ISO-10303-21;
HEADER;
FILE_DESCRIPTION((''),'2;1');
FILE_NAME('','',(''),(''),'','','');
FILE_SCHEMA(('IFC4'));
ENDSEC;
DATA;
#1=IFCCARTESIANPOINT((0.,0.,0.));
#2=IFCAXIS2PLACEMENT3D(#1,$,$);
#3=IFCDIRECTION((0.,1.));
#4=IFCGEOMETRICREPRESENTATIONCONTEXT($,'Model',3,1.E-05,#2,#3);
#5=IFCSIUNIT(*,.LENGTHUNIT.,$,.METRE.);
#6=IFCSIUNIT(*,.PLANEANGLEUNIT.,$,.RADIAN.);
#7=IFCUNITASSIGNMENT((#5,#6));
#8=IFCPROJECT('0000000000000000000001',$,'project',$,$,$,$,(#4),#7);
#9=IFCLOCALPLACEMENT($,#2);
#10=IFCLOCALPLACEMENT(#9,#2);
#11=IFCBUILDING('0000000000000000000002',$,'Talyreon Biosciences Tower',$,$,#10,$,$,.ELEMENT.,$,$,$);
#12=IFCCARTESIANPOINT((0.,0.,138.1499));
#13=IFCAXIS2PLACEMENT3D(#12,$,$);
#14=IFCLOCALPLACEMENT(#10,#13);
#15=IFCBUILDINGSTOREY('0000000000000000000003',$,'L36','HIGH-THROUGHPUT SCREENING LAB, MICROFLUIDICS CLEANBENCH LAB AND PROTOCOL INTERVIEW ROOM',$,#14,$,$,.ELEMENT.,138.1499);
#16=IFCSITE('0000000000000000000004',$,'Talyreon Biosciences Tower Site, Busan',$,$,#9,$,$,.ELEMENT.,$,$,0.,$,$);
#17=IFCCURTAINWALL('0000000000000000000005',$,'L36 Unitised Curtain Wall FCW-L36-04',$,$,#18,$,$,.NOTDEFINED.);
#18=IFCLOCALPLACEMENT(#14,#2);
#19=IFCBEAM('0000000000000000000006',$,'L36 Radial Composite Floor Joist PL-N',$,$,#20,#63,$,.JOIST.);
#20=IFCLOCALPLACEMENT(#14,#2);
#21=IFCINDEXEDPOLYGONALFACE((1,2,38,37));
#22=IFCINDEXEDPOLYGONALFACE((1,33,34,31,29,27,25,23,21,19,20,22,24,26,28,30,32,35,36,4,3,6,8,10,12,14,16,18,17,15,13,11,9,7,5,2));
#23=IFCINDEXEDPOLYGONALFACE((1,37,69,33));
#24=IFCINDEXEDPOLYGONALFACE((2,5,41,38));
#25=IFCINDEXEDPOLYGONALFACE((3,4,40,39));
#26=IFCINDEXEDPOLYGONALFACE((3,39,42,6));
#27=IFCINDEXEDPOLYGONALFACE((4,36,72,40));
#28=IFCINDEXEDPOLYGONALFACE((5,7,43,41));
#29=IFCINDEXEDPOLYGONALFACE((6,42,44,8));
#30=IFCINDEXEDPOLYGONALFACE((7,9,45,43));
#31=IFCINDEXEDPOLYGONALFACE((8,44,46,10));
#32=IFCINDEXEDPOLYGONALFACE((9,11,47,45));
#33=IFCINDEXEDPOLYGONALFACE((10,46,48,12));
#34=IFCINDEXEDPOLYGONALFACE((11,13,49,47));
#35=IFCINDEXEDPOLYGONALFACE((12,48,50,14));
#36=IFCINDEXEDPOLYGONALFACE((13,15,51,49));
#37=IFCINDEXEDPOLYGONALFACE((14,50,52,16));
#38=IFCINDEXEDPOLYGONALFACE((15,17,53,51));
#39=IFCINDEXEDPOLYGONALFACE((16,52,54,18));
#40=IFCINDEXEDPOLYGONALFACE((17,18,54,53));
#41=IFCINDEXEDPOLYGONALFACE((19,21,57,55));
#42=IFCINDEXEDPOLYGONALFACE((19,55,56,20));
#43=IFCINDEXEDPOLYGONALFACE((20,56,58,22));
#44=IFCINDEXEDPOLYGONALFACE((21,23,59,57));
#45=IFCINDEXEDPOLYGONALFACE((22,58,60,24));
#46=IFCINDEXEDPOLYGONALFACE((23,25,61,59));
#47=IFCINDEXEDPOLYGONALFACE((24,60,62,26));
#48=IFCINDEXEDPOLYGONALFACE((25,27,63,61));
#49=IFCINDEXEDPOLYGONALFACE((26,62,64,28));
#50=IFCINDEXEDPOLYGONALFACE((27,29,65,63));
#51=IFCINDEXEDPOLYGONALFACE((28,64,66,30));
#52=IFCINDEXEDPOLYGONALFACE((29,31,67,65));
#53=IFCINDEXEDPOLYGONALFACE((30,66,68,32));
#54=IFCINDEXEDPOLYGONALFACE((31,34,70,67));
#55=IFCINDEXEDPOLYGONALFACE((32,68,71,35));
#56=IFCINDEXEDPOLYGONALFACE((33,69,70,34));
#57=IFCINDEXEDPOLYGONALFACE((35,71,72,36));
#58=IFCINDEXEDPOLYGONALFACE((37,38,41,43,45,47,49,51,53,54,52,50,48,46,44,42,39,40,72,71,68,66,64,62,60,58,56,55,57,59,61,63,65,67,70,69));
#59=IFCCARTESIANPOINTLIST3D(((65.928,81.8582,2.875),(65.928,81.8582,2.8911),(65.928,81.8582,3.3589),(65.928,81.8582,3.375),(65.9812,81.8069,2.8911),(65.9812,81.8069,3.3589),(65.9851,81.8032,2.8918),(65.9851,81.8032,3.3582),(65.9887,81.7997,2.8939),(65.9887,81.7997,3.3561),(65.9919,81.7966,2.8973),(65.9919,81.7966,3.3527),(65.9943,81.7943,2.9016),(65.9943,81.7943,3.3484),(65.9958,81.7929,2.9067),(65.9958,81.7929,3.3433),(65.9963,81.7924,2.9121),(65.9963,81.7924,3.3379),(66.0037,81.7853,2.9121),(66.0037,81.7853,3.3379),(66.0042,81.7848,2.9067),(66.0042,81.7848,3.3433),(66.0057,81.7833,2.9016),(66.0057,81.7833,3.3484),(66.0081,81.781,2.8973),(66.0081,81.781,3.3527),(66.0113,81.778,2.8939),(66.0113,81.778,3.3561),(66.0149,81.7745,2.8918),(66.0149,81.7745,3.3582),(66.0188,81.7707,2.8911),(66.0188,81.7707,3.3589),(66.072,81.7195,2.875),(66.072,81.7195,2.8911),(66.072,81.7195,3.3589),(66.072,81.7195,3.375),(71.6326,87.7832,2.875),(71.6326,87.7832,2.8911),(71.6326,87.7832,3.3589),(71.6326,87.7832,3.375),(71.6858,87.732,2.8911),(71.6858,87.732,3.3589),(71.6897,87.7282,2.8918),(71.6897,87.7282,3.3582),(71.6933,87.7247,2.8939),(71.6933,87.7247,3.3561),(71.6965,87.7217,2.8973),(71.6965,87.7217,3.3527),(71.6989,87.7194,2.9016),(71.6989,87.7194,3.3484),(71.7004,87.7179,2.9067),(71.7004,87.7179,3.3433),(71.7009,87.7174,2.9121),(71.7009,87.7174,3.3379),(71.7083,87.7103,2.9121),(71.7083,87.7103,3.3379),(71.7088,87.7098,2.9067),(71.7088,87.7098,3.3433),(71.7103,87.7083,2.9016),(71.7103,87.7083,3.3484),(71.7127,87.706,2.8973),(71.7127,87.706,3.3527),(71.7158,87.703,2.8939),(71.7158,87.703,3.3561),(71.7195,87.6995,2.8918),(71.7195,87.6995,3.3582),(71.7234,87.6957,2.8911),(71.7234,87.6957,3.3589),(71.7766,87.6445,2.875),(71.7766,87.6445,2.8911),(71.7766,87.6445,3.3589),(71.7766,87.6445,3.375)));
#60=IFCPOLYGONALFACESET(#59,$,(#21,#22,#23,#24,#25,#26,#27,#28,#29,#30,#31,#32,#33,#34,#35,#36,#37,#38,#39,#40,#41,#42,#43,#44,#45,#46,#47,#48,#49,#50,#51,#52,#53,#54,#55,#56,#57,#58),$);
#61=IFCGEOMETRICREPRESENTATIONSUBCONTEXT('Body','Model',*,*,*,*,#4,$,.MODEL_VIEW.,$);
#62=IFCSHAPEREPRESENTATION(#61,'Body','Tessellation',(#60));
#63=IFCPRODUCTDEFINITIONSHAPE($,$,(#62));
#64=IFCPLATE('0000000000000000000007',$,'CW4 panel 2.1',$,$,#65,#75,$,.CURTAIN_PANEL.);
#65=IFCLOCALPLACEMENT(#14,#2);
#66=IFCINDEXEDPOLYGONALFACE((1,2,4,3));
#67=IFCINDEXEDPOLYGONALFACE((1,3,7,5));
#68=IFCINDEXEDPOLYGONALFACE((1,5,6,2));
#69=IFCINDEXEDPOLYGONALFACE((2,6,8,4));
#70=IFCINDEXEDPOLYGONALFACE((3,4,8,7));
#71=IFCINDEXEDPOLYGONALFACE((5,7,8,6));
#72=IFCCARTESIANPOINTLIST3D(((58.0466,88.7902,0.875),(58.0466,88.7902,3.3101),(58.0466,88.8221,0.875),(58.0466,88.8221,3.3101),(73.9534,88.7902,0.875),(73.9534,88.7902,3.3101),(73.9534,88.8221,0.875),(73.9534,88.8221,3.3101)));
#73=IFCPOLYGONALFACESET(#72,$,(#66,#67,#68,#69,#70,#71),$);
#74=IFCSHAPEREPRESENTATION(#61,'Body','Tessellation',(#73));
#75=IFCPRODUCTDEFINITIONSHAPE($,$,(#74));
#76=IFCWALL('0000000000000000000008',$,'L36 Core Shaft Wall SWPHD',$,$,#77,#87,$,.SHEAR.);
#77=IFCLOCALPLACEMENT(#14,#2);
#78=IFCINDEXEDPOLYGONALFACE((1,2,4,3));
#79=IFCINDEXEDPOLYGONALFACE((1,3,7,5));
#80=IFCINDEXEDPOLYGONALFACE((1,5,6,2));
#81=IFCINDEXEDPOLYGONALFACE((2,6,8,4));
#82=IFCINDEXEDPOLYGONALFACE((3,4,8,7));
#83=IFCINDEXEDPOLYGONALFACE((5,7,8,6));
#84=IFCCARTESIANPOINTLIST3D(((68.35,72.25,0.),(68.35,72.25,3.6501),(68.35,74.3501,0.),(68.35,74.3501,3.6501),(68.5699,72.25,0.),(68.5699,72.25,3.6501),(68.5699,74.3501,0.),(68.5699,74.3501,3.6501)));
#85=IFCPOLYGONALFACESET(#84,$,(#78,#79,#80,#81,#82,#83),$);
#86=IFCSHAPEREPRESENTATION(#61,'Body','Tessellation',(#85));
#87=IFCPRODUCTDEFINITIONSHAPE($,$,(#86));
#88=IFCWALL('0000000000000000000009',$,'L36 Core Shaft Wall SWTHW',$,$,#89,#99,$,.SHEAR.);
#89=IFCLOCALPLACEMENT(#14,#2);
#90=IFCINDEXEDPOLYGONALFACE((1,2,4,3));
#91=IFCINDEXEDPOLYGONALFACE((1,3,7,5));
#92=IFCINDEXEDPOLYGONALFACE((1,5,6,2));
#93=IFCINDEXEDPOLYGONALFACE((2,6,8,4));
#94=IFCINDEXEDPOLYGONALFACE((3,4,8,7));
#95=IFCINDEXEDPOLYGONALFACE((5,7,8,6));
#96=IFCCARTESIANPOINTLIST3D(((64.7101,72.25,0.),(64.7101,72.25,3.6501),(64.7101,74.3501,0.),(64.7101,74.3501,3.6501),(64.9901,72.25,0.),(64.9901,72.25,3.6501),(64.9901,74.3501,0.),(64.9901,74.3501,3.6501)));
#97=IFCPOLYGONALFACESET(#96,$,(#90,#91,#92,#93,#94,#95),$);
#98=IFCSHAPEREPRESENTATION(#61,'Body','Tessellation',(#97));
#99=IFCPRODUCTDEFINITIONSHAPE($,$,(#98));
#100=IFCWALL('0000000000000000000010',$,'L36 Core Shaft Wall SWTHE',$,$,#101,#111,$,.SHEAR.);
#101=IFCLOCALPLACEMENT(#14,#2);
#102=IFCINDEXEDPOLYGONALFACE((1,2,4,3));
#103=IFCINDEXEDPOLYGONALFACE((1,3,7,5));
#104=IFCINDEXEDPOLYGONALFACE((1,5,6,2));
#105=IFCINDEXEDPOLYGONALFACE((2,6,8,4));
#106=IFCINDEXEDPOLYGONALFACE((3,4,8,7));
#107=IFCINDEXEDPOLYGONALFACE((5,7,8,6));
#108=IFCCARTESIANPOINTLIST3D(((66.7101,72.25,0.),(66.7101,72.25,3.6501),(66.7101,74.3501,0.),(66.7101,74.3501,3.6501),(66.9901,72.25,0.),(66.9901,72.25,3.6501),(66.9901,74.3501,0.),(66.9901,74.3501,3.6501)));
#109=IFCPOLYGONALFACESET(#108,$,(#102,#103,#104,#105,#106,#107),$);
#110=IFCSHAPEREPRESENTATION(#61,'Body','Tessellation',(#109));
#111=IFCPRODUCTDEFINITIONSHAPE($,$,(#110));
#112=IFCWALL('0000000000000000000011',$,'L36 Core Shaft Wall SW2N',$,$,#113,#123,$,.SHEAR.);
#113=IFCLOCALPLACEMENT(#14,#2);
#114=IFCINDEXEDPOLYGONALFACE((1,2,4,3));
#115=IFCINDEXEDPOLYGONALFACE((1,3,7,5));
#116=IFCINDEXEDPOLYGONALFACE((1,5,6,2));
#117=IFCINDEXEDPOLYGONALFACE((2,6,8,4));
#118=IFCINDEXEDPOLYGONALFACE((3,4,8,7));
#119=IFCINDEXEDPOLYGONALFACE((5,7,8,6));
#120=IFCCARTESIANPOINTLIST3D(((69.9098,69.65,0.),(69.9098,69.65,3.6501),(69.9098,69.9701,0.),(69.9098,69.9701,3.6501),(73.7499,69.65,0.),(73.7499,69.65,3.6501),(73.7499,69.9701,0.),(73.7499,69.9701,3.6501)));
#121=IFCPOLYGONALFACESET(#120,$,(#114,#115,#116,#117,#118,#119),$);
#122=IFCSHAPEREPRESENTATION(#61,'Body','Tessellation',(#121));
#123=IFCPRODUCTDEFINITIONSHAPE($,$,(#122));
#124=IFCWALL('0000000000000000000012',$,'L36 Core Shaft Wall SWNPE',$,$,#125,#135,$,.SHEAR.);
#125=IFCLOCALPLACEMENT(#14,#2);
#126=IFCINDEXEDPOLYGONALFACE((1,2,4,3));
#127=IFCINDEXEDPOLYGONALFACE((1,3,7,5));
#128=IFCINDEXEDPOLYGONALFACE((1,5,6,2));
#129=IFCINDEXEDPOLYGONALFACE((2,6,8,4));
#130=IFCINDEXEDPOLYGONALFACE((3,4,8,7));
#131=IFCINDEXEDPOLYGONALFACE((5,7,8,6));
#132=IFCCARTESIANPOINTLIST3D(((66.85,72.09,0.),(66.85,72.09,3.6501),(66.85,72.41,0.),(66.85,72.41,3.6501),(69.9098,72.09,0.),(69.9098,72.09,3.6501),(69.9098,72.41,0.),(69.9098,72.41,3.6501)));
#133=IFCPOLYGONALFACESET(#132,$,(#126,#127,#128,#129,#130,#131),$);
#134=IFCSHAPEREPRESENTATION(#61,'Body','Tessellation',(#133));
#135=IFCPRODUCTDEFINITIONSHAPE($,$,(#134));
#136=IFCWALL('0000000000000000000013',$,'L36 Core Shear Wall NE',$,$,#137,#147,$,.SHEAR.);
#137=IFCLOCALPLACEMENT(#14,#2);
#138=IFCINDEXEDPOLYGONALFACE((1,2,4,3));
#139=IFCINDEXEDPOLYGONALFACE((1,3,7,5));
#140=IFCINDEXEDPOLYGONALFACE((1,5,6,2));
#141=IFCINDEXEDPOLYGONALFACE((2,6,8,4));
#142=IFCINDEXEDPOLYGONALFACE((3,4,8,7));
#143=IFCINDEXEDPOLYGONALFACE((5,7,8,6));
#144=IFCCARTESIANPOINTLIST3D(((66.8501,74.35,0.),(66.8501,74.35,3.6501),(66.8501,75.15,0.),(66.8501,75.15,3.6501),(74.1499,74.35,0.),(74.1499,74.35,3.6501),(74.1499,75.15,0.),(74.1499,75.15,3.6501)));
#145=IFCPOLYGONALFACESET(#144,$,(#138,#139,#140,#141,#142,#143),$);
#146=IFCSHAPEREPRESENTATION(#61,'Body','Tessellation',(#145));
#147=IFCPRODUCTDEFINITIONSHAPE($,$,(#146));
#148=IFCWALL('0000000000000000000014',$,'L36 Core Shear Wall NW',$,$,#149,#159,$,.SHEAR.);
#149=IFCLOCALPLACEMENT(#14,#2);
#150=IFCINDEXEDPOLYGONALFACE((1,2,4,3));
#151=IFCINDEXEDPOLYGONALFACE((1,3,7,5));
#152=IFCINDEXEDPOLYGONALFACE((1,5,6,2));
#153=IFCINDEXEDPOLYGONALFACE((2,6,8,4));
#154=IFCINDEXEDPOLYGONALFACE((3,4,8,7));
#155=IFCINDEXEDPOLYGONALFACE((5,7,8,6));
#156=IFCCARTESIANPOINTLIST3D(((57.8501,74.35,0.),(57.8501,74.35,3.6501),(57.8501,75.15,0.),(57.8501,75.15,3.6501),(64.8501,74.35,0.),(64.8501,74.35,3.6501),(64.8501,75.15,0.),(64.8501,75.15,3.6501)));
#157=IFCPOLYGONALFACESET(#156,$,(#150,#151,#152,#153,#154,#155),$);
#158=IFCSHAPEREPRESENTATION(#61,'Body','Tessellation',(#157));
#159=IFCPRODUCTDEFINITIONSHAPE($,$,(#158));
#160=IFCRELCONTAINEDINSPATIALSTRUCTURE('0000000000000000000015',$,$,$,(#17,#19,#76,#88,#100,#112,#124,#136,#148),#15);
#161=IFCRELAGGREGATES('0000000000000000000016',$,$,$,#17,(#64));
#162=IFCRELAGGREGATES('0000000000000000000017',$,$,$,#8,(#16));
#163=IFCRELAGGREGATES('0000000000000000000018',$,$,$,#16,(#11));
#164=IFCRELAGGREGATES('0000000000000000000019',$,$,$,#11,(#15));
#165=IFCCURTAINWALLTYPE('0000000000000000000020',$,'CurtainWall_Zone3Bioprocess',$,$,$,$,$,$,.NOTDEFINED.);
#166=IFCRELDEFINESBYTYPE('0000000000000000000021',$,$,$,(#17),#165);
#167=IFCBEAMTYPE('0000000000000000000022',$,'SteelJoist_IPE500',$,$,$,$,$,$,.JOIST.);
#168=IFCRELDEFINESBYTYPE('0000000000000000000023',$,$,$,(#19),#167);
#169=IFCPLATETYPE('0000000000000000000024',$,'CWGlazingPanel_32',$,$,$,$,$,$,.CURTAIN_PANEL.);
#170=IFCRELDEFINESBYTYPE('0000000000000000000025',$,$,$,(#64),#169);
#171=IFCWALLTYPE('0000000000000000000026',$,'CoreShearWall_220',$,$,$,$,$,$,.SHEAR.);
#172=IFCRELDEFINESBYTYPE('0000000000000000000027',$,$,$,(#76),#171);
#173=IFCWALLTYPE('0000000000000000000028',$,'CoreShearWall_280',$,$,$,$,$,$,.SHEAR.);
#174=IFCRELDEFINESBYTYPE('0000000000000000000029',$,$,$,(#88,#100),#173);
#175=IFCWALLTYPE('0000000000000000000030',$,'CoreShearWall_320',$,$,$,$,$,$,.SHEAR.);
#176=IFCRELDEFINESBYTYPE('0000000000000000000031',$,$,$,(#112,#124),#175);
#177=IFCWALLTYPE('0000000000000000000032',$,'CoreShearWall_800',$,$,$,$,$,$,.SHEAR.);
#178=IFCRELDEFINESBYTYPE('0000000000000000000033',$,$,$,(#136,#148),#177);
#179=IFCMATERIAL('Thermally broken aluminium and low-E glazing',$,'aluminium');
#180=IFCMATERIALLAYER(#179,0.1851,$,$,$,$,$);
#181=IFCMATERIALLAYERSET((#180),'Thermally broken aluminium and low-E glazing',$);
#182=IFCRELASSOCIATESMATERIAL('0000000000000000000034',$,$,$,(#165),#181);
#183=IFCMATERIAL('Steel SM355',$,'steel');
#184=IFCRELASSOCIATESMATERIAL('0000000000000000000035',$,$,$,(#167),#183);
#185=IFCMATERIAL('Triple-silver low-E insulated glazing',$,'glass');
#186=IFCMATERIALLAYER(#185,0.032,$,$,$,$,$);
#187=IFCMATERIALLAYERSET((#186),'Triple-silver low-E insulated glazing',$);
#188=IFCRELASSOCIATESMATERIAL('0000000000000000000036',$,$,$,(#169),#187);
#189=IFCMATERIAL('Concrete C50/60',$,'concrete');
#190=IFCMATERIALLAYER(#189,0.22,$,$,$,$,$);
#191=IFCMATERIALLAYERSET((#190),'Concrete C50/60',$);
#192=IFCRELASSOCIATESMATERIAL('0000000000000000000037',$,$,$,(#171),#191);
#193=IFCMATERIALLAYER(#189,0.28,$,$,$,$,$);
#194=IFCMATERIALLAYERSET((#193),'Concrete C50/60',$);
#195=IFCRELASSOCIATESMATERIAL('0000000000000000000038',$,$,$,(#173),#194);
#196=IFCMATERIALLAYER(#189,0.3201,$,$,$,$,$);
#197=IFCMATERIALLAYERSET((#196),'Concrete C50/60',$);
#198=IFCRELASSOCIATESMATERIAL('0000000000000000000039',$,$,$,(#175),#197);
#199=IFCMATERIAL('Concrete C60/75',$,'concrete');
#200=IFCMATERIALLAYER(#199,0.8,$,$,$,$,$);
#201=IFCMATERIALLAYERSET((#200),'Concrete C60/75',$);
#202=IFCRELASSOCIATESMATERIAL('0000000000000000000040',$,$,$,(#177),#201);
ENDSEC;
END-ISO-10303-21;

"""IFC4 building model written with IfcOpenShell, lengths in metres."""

from ifc_helpers import new_model, si_unit, direction, frame, frame_2d, origin, origin_2d, place, context, subcontext, project, spatial, rectangle, i_section, extrude, material, layer, layer_set, material_profile, profile_set, type_object, element, aggregate, save


model = new_model("IFC4")

# Units and contexts
model_context = context("Model", 3, precision=1e-05, world=origin(), true_north=direction((0.0, 1.0)))
body_context = subcontext(model_context, "Body", "Model", "MODEL_VIEW")
ifc_project = project(units=[si_unit("LENGTHUNIT", "METRE"), si_unit("PLANEANGLEUNIT", "RADIAN")], contexts=[model_context])

# Site, building, storey
site_placement = place(None, origin())
site = spatial("IfcSite", under=ifc_project, at=site_placement, Name="Talyreon Biosciences Tower Site, Busan", CompositionType="ELEMENT", RefElevation=0.0)
building_placement = place(site_placement, origin())
building = spatial("IfcBuilding", under=site, at=building_placement, Name="Talyreon Biosciences Tower", CompositionType="ELEMENT")
storey_placement = place(building_placement, frame((0.0, 0.0, 138.1499)))
storey = spatial("IfcBuildingStorey", under=building, at=storey_placement, Name="L36", Description="HIGH-THROUGHPUT SCREENING LAB, MICROFLUIDICS CLEANBENCH LAB AND PROTOCOL INTERVIEW ROOM", CompositionType="ELEMENT", Elevation=138.1499)

# Shared definitions
ifc_material_1 = material(Name="Concrete C60/75", Category="concrete")
ifc_material_2 = material(Name="Concrete C50/60", Category="concrete")

# Curtain wall
ifc_material_3 = material(Name="Thermally broken aluminium and low-E glazing", Category="aluminium")
ifc_layer_1 = layer(ifc_material_3, 0.1851)
ifc_layer_set_1 = layer_set([ifc_layer_1], Name="Thermally broken aluminium and low-E glazing")
curtain_wall_type = type_object("IfcCurtainWallType", Name="CurtainWall_Zone3Bioprocess", PredefinedType="NOTDEFINED", material=ifc_layer_set_1)
curtain_wall_placement = place(storey_placement, origin())
curtain_wall = element("IfcCurtainWall", 1, at=curtain_wall_placement, inside=storey, type_object=curtain_wall_type, Name="L36 Unitised Curtain Wall FCW-L36-04", PredefinedType="NOTDEFINED")

# Beam
ifc_material_4 = material(Name="Steel SM355", Category="steel")
ifc_material_profile_1 = material_profile(ifc_material_4, i_section(OverallWidth=0.2, OverallDepth=0.5, WebThickness=0.0103, FlangeThickness=0.0161, FilletRadius=0.021, at=origin_2d()), Name="IPE500")
ifc_profile_set_1 = profile_set([ifc_material_profile_1], Name="Steel SM355")
beam_type_1 = type_object("IfcBeamType", Name="SteelJoist_IPE500", PredefinedType="JOIST", material=ifc_profile_set_1)
beam_1_placement = place(storey_placement, frame((66.0, 81.7888, 3.125), z_axis=(0.693578, 0.720382, 0.0), x_axis=(-0.720382, 0.693578, 0.0)))
element("IfcBeam", 2, at=beam_1_placement, inside=storey, type_object=beam_type_1, Name="L36 Radial Composite Floor Joist PL-N", PredefinedType="JOIST", context=body_context, shape_type="SweptSolid", body=[
    extrude(i_section(OverallWidth=0.2, OverallDepth=0.5, WebThickness=0.0103, FlangeThickness=0.0161, FilletRadius=0.021, at=origin_2d()), origin(), (0.0, 0.0, 1.0), 8.2249),
])

# Plate
ifc_material_5 = material(Name="Triple-silver low-E insulated glazing", Category="glass")
ifc_layer_2 = layer(ifc_material_5, 0.032)
ifc_layer_set_2 = layer_set([ifc_layer_2], Name="Triple-silver low-E insulated glazing")
plate_type = type_object("IfcPlateType", Name="CWGlazingPanel_32", PredefinedType="CURTAIN_PANEL", material=ifc_layer_set_2)
plate_placement = place(storey_placement, frame((66.0, 88.8062, 0.875), z_axis=(0.0, 0.0, 1.0), x_axis=(1.0, 0.0, 0.0)))
plate = element("IfcPlate", 3, at=plate_placement, type_object=plate_type, Name="CW4 panel 2.1", PredefinedType="CURTAIN_PANEL", context=body_context, shape_type="SweptSolid", body=[
    extrude(rectangle(XDim=15.9067, YDim=0.032, at=origin_2d()), origin(), (0.0, 0.0, 1.0), 2.4351),
])
aggregate(curtain_wall, [plate])

# Walls
ifc_layer_3 = layer(ifc_material_2, 0.22)
ifc_layer_set_3 = layer_set([ifc_layer_3], Name="Concrete C50/60")
wall_type_1 = type_object("IfcWallType", Name="CoreShearWall_220", PredefinedType="SHEAR", material=ifc_layer_set_3)
wall_1_placement = place(storey_placement, frame((68.46, 72.25, 0.0), z_axis=(0.0, 0.0, 1.0), x_axis=(0.0, 1.0, 0.0)))
element("IfcWall", 4, at=wall_1_placement, inside=storey, type_object=wall_type_1, Name="L36 Core Shaft Wall SWPHD", PredefinedType="SHEAR", context=body_context, shape_type="SweptSolid", body=[
    extrude(rectangle(XDim=2.1001, YDim=0.22, at=frame_2d((1.05, 0.0))), origin(), (0.0, 0.0, 1.0), 3.6501),
])
ifc_layer_4 = layer(ifc_material_2, 0.28)
ifc_layer_set_4 = layer_set([ifc_layer_4], Name="Concrete C50/60")
wall_type_2 = type_object("IfcWallType", Name="CoreShearWall_280", PredefinedType="SHEAR", material=ifc_layer_set_4)
for number, where, z_axis, x_axis, name in (
    (5, (64.8501, 72.25, 0.0), (0.0, 0.0, 1.0), (0.0, 1.0, 0.0), "L36 Core Shaft Wall SWTHW"),
    (6, (66.8501, 72.25, 0.0), (0.0, 0.0, 1.0), (0.0, 1.0, 0.0), "L36 Core Shaft Wall SWTHE"),
):
    element("IfcWall", number, at=place(storey_placement, frame(where, z_axis=z_axis, x_axis=x_axis)), inside=storey, type_object=wall_type_2, Name=name, PredefinedType="SHEAR", context=body_context, shape_type="SweptSolid", body=[
        extrude(rectangle(XDim=2.1001, YDim=0.28, at=frame_2d((1.05, 0.0))), origin(), (0.0, 0.0, 1.0), 3.6501),
    ])
ifc_layer_5 = layer(ifc_material_2, 0.3201)
ifc_layer_set_5 = layer_set([ifc_layer_5], Name="Concrete C50/60")
wall_type_3 = type_object("IfcWallType", Name="CoreShearWall_320", PredefinedType="SHEAR", material=ifc_layer_set_5)
wall_2_placement = place(storey_placement, frame((69.9099, 69.8101, 0.0), z_axis=(0.0, 0.0, 1.0), x_axis=(1.0, 0.0, 0.0)))
element("IfcWall", 7, at=wall_2_placement, inside=storey, type_object=wall_type_3, Name="L36 Core Shaft Wall SW2N", PredefinedType="SHEAR", context=body_context, shape_type="SweptSolid", body=[
    extrude(rectangle(XDim=3.8401, YDim=0.3201, at=frame_2d((1.9199, 0.0))), origin(), (0.0, 0.0, 1.0), 3.6501),
])
wall_3_placement = place(storey_placement, frame((66.8501, 72.25, 0.0), z_axis=(0.0, 0.0, 1.0), x_axis=(1.0, 0.0, 0.0)))
element("IfcWall", 8, at=wall_3_placement, inside=storey, type_object=wall_type_3, Name="L36 Core Shaft Wall SWNPE", PredefinedType="SHEAR", context=body_context, shape_type="SweptSolid", body=[
    extrude(rectangle(XDim=3.0598, YDim=0.3201, at=frame_2d((1.5298, 0.0))), origin(), (0.0, 0.0, 1.0), 3.6501),
])
ifc_layer_6 = layer(ifc_material_1, 0.8)
ifc_layer_set_6 = layer_set([ifc_layer_6], Name="Concrete C60/75")
wall_type_4 = type_object("IfcWallType", Name="CoreShearWall_800", PredefinedType="SHEAR", material=ifc_layer_set_6)
wall_4_placement = place(storey_placement, frame((74.1499, 74.75, 0.0), z_axis=(0.0, 0.0, 1.0), x_axis=(-1.0, 0.0, 0.0)))
element("IfcWall", 9, at=wall_4_placement, inside=storey, type_object=wall_type_4, Name="L36 Core Shear Wall NE", PredefinedType="SHEAR", context=body_context, shape_type="SweptSolid", body=[
    extrude(rectangle(XDim=7.2998, YDim=0.8, at=frame_2d((3.6499, 0.0))), origin(), (0.0, 0.0, 1.0), 3.6501),
])
wall_5_placement = place(storey_placement, frame((64.8501, 74.75, 0.0), z_axis=(0.0, 0.0, 1.0), x_axis=(-1.0, 0.0, 0.0)))
element("IfcWall", 10, at=wall_5_placement, inside=storey, type_object=wall_type_4, Name="L36 Core Shear Wall NW", PredefinedType="SHEAR", context=body_context, shape_type="SweptSolid", body=[
    extrude(rectangle(XDim=7.0, YDim=0.8, at=frame_2d((3.5, 0.0))), origin(), (0.0, 0.0, 1.0), 3.6501),
])

save(model, "model.ifc")
